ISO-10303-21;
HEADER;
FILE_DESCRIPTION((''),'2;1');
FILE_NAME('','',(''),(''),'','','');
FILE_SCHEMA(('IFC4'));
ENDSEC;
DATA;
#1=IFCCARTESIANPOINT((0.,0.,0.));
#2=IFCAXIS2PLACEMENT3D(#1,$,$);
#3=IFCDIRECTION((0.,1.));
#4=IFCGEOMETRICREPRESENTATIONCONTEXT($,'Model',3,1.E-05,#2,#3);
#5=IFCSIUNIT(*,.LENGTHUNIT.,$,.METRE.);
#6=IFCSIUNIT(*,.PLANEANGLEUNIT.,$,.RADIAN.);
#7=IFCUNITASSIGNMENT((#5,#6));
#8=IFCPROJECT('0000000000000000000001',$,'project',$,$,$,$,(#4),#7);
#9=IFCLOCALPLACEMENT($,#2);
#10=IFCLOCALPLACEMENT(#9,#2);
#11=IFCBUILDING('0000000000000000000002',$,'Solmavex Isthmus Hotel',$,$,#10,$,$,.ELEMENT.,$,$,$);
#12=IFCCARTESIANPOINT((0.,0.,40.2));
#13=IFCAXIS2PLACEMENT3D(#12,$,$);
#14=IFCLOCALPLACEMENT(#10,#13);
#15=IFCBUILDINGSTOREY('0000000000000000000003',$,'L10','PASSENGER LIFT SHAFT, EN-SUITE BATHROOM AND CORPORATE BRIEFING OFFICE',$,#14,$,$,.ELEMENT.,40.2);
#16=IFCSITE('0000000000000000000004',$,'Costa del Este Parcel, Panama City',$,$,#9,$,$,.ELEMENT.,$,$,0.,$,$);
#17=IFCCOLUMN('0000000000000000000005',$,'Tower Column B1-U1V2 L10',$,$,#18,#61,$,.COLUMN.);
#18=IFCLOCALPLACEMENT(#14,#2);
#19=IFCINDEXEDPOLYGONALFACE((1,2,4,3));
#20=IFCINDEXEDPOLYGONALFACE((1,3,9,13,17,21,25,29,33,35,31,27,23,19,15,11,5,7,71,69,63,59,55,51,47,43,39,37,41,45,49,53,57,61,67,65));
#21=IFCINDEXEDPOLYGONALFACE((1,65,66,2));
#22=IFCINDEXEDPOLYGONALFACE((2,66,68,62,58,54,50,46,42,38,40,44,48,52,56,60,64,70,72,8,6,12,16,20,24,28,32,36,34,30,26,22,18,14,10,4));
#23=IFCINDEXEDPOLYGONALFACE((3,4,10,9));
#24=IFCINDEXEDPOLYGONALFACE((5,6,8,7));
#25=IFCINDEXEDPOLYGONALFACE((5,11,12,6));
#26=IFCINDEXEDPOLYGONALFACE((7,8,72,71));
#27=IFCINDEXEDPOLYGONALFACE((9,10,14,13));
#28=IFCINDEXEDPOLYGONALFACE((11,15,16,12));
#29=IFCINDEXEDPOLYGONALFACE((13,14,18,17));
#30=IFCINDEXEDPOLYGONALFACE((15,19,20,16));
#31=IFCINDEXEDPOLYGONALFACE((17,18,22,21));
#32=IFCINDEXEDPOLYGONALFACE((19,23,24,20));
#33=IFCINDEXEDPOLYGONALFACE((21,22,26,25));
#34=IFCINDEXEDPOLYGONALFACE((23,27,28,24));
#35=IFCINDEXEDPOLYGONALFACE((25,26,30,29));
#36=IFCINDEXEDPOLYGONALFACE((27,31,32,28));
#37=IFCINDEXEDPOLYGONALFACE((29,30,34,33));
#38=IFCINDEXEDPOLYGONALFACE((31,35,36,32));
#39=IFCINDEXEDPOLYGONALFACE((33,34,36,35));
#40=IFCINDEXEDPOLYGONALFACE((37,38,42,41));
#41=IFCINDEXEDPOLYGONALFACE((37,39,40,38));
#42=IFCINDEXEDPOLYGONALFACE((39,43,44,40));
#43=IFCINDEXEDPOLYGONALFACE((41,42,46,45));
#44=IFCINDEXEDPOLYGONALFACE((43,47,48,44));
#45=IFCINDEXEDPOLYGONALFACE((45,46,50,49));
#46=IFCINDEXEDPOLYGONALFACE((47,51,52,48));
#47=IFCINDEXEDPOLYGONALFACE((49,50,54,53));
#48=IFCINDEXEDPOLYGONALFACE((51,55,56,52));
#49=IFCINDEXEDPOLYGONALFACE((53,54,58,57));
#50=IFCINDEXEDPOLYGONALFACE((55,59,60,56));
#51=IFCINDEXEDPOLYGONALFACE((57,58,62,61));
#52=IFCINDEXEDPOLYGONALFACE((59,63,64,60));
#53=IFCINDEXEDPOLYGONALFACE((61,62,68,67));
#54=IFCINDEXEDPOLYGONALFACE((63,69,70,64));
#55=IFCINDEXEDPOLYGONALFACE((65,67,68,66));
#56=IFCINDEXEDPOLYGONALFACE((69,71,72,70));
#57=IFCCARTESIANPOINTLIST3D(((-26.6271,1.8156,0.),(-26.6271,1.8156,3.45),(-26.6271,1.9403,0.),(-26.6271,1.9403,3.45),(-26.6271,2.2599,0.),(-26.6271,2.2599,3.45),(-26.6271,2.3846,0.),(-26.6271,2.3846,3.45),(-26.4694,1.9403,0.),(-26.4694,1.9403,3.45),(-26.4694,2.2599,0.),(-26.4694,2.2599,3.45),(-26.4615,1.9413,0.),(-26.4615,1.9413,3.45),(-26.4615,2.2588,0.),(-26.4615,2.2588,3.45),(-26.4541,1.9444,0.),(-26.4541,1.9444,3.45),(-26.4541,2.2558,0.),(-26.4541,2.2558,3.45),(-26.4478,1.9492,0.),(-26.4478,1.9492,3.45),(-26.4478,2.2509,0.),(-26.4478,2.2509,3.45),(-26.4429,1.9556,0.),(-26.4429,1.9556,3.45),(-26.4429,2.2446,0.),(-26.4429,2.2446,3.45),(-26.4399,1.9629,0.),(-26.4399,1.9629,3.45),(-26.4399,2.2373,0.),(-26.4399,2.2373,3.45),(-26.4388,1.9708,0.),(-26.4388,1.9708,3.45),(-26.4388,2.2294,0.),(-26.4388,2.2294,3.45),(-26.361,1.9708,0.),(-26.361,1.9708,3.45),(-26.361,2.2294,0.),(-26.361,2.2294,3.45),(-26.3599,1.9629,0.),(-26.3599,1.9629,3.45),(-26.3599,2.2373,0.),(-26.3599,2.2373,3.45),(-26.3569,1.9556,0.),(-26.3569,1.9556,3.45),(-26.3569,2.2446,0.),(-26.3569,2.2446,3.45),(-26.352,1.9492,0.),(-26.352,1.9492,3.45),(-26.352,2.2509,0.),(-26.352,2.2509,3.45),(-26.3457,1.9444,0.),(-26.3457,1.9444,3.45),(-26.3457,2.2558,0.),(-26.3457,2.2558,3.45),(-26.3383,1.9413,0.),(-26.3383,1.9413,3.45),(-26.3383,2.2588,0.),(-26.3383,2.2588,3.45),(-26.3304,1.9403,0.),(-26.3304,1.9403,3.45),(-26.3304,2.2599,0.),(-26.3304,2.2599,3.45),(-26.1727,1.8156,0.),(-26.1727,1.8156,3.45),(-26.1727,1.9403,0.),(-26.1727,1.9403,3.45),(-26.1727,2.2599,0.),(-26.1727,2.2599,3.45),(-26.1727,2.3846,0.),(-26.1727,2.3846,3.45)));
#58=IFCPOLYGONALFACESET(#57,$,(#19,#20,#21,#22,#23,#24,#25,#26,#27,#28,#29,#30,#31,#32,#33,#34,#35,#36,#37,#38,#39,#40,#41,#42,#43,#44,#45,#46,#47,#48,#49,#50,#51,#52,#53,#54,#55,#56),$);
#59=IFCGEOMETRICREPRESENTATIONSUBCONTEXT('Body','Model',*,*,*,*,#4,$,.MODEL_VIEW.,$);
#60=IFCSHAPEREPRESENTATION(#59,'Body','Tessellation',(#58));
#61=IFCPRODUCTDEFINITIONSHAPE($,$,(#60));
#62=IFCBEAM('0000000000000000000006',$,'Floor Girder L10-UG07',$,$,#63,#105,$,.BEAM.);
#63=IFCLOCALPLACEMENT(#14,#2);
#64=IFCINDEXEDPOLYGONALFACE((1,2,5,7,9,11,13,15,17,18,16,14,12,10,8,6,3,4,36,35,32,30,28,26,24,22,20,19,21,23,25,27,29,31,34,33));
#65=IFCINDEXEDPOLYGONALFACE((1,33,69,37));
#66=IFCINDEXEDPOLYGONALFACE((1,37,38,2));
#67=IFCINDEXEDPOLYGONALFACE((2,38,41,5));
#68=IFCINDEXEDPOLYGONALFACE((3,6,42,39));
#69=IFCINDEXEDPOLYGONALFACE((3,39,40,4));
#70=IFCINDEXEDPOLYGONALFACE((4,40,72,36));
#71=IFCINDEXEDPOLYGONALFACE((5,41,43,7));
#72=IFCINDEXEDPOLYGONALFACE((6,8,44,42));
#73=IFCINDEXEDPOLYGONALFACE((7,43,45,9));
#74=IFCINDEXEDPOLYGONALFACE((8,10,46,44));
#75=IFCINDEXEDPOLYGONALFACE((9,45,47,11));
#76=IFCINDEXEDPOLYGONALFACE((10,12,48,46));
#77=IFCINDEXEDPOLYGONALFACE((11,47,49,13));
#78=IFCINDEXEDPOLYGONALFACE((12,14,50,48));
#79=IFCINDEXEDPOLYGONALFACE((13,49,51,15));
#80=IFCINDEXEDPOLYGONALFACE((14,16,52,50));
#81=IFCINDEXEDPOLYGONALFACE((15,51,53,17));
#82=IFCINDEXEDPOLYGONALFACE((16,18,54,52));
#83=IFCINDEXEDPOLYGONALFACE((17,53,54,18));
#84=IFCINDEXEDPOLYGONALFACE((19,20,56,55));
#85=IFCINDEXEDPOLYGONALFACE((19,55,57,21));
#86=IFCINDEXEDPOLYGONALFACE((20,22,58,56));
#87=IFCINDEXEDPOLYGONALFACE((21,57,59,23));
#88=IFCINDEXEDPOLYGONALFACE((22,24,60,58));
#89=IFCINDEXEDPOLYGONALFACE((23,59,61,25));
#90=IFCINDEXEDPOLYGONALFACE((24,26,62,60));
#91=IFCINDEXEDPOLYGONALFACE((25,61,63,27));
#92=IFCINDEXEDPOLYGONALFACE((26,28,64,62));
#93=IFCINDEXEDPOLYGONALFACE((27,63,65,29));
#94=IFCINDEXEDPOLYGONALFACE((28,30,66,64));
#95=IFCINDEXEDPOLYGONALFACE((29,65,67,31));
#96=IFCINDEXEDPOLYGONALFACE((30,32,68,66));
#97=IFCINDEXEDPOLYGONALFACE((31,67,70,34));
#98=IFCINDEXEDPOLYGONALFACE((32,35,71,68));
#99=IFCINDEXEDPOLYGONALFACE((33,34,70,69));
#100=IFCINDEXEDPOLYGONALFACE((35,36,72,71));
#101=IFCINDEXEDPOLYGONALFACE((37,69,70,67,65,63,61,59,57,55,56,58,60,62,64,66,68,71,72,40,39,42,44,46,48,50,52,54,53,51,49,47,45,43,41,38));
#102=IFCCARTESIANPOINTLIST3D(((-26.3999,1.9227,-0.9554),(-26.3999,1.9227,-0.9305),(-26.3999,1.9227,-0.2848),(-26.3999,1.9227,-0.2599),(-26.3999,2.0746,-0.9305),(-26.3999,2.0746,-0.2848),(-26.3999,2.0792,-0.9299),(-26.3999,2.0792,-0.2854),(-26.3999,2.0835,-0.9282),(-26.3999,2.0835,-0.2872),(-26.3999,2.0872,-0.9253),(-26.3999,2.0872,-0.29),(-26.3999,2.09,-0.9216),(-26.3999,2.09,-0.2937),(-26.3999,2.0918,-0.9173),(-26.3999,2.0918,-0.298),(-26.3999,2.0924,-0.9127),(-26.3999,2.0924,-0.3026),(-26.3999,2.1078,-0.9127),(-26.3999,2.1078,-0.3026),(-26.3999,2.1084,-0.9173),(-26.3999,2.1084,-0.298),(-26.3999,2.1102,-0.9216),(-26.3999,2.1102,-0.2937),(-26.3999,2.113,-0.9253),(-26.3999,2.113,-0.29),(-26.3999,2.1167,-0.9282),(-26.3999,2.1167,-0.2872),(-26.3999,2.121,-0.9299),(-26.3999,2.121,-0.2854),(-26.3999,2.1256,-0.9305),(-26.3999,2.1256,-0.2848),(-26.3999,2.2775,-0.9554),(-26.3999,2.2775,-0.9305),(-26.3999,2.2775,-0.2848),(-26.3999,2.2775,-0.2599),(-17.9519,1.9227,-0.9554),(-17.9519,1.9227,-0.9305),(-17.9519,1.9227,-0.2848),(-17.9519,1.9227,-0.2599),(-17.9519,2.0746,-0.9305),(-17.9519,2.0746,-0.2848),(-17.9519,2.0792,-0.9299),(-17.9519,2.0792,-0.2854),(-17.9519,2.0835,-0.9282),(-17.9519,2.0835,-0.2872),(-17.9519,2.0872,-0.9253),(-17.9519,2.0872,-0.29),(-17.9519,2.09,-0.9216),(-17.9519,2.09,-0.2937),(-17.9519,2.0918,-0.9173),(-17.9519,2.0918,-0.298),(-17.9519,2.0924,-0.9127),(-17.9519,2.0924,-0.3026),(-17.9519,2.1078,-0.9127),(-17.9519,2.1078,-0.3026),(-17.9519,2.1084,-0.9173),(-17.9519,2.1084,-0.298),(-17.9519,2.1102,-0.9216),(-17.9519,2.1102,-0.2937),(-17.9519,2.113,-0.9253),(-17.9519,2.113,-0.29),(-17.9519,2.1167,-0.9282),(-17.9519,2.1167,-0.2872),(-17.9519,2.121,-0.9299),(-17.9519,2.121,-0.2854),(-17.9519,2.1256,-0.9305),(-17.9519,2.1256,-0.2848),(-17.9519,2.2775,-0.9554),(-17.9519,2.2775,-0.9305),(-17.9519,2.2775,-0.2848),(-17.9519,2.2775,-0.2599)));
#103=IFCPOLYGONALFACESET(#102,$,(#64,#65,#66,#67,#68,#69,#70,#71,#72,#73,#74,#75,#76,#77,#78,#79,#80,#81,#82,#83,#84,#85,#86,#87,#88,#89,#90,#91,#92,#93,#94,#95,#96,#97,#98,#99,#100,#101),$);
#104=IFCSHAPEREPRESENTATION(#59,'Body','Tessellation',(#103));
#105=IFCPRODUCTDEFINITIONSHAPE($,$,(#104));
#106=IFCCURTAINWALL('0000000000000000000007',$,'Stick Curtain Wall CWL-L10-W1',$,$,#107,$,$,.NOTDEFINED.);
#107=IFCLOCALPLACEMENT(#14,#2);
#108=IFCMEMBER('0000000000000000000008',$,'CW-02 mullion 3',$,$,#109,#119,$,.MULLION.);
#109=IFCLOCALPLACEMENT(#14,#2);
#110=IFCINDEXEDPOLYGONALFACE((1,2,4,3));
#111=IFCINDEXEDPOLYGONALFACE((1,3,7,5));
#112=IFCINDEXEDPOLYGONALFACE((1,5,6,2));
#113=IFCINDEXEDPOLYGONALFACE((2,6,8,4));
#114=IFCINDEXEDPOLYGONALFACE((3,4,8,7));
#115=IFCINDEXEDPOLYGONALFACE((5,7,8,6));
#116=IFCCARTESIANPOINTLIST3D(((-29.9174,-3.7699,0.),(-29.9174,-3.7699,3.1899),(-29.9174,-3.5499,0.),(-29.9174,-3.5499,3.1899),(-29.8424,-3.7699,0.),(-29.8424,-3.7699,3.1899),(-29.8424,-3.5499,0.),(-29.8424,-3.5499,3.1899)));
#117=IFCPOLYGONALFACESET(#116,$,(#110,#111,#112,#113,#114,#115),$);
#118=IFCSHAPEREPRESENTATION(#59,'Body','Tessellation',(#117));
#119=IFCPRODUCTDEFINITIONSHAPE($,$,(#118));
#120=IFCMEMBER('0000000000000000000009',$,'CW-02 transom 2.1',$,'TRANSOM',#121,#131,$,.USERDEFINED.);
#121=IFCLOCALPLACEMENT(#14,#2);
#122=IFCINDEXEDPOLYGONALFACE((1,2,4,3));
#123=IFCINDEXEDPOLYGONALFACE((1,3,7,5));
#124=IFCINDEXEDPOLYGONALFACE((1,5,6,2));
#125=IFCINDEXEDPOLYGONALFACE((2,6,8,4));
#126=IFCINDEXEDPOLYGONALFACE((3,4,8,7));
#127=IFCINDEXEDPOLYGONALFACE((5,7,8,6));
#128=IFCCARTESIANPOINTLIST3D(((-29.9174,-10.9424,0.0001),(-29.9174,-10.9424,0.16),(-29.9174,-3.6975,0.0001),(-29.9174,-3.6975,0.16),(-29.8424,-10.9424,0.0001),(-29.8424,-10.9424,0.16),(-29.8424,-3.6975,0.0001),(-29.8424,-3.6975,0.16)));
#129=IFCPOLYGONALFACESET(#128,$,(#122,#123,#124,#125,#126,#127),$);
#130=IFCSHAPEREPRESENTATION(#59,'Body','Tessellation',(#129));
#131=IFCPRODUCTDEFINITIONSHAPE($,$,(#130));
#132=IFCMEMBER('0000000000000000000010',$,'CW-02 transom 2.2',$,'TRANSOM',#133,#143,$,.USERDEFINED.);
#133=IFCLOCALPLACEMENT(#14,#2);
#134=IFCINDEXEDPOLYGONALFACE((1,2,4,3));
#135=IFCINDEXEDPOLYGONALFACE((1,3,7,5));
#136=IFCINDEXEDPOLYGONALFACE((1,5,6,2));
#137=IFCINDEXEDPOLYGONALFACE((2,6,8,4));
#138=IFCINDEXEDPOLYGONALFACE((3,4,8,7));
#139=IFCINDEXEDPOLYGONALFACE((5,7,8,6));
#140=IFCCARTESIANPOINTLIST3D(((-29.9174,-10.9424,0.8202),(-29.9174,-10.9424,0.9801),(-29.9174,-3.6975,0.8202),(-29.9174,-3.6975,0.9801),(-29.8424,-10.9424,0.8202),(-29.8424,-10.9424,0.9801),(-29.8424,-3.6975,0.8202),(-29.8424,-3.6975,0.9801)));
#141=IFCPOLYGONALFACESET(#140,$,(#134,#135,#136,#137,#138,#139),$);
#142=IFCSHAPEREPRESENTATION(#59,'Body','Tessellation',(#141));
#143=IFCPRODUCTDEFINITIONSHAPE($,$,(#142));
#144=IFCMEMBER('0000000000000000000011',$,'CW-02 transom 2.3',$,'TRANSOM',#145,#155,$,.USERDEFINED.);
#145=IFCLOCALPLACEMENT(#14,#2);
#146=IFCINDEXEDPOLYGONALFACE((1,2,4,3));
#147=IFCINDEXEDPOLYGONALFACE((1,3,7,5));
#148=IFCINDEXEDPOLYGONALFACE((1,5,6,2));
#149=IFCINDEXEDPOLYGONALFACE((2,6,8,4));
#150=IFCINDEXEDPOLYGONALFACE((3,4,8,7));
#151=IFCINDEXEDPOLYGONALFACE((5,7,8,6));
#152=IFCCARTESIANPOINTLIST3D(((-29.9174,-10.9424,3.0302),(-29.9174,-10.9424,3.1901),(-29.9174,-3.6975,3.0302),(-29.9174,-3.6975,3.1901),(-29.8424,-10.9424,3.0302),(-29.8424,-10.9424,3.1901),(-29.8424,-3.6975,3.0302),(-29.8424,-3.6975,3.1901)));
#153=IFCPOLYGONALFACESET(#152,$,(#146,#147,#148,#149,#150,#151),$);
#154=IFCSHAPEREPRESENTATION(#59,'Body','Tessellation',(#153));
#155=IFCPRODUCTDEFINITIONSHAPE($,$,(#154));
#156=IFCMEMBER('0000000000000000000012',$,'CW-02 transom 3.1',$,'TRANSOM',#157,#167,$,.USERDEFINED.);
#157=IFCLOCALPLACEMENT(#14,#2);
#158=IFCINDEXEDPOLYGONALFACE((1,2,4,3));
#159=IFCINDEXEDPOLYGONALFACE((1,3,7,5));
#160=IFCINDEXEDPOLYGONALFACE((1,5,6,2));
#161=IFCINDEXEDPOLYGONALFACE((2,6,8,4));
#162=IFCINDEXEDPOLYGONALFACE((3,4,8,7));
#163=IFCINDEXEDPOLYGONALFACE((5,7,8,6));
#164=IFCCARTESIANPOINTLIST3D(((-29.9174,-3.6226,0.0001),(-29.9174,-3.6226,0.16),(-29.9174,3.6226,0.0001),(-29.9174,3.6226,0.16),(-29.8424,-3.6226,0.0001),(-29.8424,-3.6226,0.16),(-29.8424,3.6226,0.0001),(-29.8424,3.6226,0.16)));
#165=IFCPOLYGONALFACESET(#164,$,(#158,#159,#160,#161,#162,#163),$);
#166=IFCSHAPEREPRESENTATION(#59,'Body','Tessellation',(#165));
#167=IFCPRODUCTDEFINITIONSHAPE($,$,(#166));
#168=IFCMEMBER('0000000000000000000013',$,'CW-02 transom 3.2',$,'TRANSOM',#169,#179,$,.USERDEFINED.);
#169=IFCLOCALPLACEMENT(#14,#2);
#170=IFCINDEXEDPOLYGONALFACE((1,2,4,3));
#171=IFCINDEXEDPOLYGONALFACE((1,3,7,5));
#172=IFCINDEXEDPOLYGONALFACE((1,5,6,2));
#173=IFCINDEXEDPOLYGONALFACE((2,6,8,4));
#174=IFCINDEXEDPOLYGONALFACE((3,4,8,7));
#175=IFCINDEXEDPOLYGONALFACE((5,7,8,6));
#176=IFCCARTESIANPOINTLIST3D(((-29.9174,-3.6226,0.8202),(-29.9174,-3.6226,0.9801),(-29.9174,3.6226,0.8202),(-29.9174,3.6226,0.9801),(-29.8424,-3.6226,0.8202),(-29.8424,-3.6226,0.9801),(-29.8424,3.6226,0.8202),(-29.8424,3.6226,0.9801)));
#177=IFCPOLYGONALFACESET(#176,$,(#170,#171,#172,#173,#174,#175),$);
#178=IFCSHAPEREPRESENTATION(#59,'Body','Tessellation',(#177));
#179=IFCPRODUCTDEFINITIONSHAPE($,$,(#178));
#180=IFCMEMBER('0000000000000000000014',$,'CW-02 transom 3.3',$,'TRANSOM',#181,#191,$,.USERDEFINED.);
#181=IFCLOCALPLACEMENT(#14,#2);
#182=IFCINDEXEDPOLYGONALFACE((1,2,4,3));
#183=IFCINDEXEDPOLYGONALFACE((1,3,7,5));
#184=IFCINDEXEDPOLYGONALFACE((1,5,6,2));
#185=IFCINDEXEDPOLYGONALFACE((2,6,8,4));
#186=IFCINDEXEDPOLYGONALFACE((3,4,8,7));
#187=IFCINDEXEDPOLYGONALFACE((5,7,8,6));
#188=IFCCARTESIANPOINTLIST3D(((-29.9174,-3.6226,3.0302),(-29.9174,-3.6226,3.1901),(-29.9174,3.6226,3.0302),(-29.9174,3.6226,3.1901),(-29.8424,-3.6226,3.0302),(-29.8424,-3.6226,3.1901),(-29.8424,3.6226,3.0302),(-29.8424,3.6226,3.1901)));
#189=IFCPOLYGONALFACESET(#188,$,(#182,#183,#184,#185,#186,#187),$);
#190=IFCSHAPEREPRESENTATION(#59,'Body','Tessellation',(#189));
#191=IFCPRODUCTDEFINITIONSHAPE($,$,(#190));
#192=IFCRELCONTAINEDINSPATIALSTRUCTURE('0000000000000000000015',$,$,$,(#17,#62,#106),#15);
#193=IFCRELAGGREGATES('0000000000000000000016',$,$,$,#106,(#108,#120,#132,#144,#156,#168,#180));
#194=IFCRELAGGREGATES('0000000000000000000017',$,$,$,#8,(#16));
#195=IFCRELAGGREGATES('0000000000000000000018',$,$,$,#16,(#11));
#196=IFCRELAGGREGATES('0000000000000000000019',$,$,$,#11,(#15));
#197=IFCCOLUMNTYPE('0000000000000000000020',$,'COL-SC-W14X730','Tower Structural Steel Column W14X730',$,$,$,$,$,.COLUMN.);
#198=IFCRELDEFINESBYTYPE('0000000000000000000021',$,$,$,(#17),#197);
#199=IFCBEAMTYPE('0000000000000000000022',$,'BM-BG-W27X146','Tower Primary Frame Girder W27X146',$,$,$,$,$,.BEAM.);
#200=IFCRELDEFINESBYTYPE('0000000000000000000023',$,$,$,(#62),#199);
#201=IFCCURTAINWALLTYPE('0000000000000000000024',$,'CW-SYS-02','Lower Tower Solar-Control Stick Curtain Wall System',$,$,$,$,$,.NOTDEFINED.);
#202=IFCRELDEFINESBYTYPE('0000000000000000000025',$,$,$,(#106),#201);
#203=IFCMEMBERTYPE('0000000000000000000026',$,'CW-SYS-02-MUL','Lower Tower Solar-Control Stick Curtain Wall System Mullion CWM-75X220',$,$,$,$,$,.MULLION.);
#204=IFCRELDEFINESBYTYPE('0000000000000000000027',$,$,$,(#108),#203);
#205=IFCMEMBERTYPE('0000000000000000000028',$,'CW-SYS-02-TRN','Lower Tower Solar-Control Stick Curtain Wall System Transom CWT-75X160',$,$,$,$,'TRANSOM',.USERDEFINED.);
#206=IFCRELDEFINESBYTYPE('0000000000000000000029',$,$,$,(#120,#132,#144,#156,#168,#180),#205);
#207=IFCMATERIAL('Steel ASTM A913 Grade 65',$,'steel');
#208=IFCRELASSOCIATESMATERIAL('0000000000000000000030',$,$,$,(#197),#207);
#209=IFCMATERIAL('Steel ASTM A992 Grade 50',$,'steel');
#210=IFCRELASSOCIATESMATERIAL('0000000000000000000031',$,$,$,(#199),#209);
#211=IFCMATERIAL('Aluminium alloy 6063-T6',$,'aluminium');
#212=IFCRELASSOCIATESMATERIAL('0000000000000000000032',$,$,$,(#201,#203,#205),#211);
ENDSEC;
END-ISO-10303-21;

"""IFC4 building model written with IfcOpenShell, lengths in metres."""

from ifc_helpers import new_model, si_unit, direction, frame, origin, origin_2d, place, context, subcontext, project, spatial, rectangle, i_section, extrude, material, material_profile, profile_set, type_object, element, aggregate, save


model = new_model("IFC4")

# Units and contexts
model_context = context("Model", 3, precision=1e-05, world=origin(), true_north=direction((0.0, 1.0)))
body_context = subcontext(model_context, "Body", "Model", "MODEL_VIEW")
ifc_project = project(units=[si_unit("LENGTHUNIT", "METRE"), si_unit("PLANEANGLEUNIT", "RADIAN")], contexts=[model_context])

# Site, building, storey
site_placement = place(None, origin())
site = spatial("IfcSite", under=ifc_project, at=site_placement, Name="Costa del Este Parcel, Panama City", CompositionType="ELEMENT", RefElevation=0.0)
building_placement = place(site_placement, origin())
building = spatial("IfcBuilding", under=site, at=building_placement, Name="Solmavex Isthmus Hotel", CompositionType="ELEMENT")
storey_placement = place(building_placement, frame((0.0, 0.0, 40.2)))
storey = spatial("IfcBuildingStorey", under=building, at=storey_placement, Name="L10", Description="PASSENGER LIFT SHAFT, EN-SUITE BATHROOM AND CORPORATE BRIEFING OFFICE", CompositionType="ELEMENT", Elevation=40.2)

# Column
ifc_material_1 = material(Name="Steel ASTM A913 Grade 65", Category="steel")
ifc_material_profile_1 = material_profile(ifc_material_1, i_section(OverallWidth=0.4543, OverallDepth=0.5691, WebThickness=0.0779, FlangeThickness=0.1248, FilletRadius=0.0305, at=origin_2d()), Name="W14X730")
ifc_profile_set_1 = profile_set([ifc_material_profile_1], Name="Steel ASTM A913 Grade 65")
column_type = type_object("IfcColumnType", Name="COL-SC-W14X730", Description="Tower Structural Steel Column W14X730", PredefinedType="COLUMN", material=ifc_profile_set_1)
column_placement = place(storey_placement, frame((-26.3999, 2.1001, 0.0), z_axis=(0.0, 0.0, 1.0), x_axis=(1.0, 0.0, 0.0)))
element("IfcColumn", 1, at=column_placement, inside=storey, type_object=column_type, Name="Tower Column B1-U1V2 L10", PredefinedType="COLUMN", context=body_context, shape_type="SweptSolid", body=[
    extrude(i_section(OverallWidth=0.4543, OverallDepth=0.5691, WebThickness=0.0779, FlangeThickness=0.1248, FilletRadius=0.0305, at=origin_2d()), origin(), (0.0, 0.0, 1.0), 3.45),
])

# Beam
ifc_material_2 = material(Name="Steel ASTM A992 Grade 50", Category="steel")
ifc_material_profile_2 = material_profile(ifc_material_2, i_section(OverallWidth=0.3547, OverallDepth=0.6956, WebThickness=0.0154, FlangeThickness=0.0249, FilletRadius=0.0178, at=origin_2d()), Name="W27X146")
ifc_profile_set_2 = profile_set([ifc_material_profile_2], Name="Steel ASTM A992 Grade 50")
beam_type = type_object("IfcBeamType", Name="BM-BG-W27X146", Description="Tower Primary Frame Girder W27X146", PredefinedType="BEAM", material=ifc_profile_set_2)
beam_placement = place(storey_placement, frame((-26.3999, 2.1001, -0.6077), z_axis=(1.0, 0.0, 0.0), x_axis=(0.0, 1.0, 0.0)))
element("IfcBeam", 2, at=beam_placement, inside=storey, type_object=beam_type, Name="Floor Girder L10-UG07", PredefinedType="BEAM", context=body_context, shape_type="SweptSolid", body=[
    extrude(i_section(OverallWidth=0.3547, OverallDepth=0.6956, WebThickness=0.0154, FlangeThickness=0.0249, FilletRadius=0.0178, at=origin_2d()), origin(), (0.0, 0.0, 1.0), 8.448),
])

# Curtain wall, members
ifc_material_3 = material(Name="Aluminium alloy 6063-T6", Category="aluminium")
curtain_wall_type = type_object("IfcCurtainWallType", Name="CW-SYS-02", Description="Lower Tower Solar-Control Stick Curtain Wall System", PredefinedType="NOTDEFINED", material=ifc_material_3)
curtain_wall_placement = place(storey_placement, origin())
curtain_wall = element("IfcCurtainWall", 3, at=curtain_wall_placement, inside=storey, type_object=curtain_wall_type, Name="Stick Curtain Wall CWL-L10-W1", PredefinedType="NOTDEFINED")
ifc_material_profile_3 = material_profile(ifc_material_3, rectangle(XDim=0.075, YDim=0.22, at=origin_2d()), Name="CWM-75X220")
ifc_profile_set_3 = profile_set([ifc_material_profile_3], Name="Aluminium alloy 6063-T6")
member_type_1 = type_object("IfcMemberType", Name="CW-SYS-02-MUL", Description="Lower Tower Solar-Control Stick Curtain Wall System Mullion CWM-75X220", PredefinedType="MULLION", material=ifc_profile_set_3)
member_1_placement = place(storey_placement, frame((-29.8799, -3.6599, 0.0), z_axis=(0.0, 0.0, 1.0), x_axis=(-1.0, 0.0, 0.0)))
member_1 = element("IfcMember", 4, at=member_1_placement, type_object=member_type_1, Name="CW-02 mullion 3", PredefinedType="MULLION", context=body_context, shape_type="SweptSolid", body=[
    extrude(rectangle(XDim=0.075, YDim=0.22, at=origin_2d()), origin(), (0.0, 0.0, 1.0), 3.1899),
])
ifc_material_profile_4 = material_profile(ifc_material_3, rectangle(XDim=0.075, YDim=0.1599, at=origin_2d()), Name="CWT-75X160")
ifc_profile_set_4 = profile_set([ifc_material_profile_4], Name="Aluminium alloy 6063-T6")
member_type_2 = type_object("IfcMemberType", Name="CW-SYS-02-TRN", Description="Lower Tower Solar-Control Stick Curtain Wall System Transom CWT-75X160", ElementType="TRANSOM", PredefinedType="USERDEFINED", material=ifc_profile_set_4)
member_2_placement = place(storey_placement, frame((-29.8799, -10.9424, 0.0801), z_axis=(0.0, 1.0, 0.0), x_axis=(-1.0, 0.0, 0.0)))
member_2 = element("IfcMember", 5, at=member_2_placement, type_object=member_type_2, Name="CW-02 transom 2.1", ObjectType="TRANSOM", PredefinedType="USERDEFINED", context=body_context, shape_type="SweptSolid", body=[
    extrude(rectangle(XDim=0.075, YDim=0.1599, at=origin_2d()), origin(), (0.0, 0.0, 1.0), 7.2449),
])
member_3_placement = place(storey_placement, frame((-29.8799, -10.9424, 0.9001), z_axis=(0.0, 1.0, 0.0), x_axis=(-1.0, 0.0, 0.0)))
member_3 = element("IfcMember", 6, at=member_3_placement, type_object=member_type_2, Name="CW-02 transom 2.2", ObjectType="TRANSOM", PredefinedType="USERDEFINED", context=body_context, shape_type="SweptSolid", body=[
    extrude(rectangle(XDim=0.075, YDim=0.1599, at=origin_2d()), origin(), (0.0, 0.0, 1.0), 7.2449),
])
member_4_placement = place(storey_placement, frame((-29.8799, -10.9424, 3.1101), z_axis=(0.0, 1.0, 0.0), x_axis=(-1.0, 0.0, 0.0)))
member_4 = element("IfcMember", 7, at=member_4_placement, type_object=member_type_2, Name="CW-02 transom 2.3", ObjectType="TRANSOM", PredefinedType="USERDEFINED", context=body_context, shape_type="SweptSolid", body=[
    extrude(rectangle(XDim=0.075, YDim=0.1599, at=origin_2d()), origin(), (0.0, 0.0, 1.0), 7.2449),
])
member_5_placement = place(storey_placement, frame((-29.8799, -3.6226, 0.0801), z_axis=(0.0, 1.0, 0.0), x_axis=(-1.0, 0.0, 0.0)))
member_5 = element("IfcMember", 8, at=member_5_placement, type_object=member_type_2, Name="CW-02 transom 3.1", ObjectType="TRANSOM", PredefinedType="USERDEFINED", context=body_context, shape_type="SweptSolid", body=[
    extrude(rectangle(XDim=0.075, YDim=0.1599, at=origin_2d()), origin(), (0.0, 0.0, 1.0), 7.2451),
])
member_6_placement = place(storey_placement, frame((-29.8799, -3.6226, 0.9001), z_axis=(0.0, 1.0, 0.0), x_axis=(-1.0, 0.0, 0.0)))
member_6 = element("IfcMember", 9, at=member_6_placement, type_object=member_type_2, Name="CW-02 transom 3.2", ObjectType="TRANSOM", PredefinedType="USERDEFINED", context=body_context, shape_type="SweptSolid", body=[
    extrude(rectangle(XDim=0.075, YDim=0.1599, at=origin_2d()), origin(), (0.0, 0.0, 1.0), 7.2451),
])
member_7_placement = place(storey_placement, frame((-29.8799, -3.6226, 3.1101), z_axis=(0.0, 1.0, 0.0), x_axis=(-1.0, 0.0, 0.0)))
member_7 = element("IfcMember", 10, at=member_7_placement, type_object=member_type_2, Name="CW-02 transom 3.3", ObjectType="TRANSOM", PredefinedType="USERDEFINED", context=body_context, shape_type="SweptSolid", body=[
    extrude(rectangle(XDim=0.075, YDim=0.1599, at=origin_2d()), origin(), (0.0, 0.0, 1.0), 7.2451),
])
aggregate(curtain_wall, [member_1, member_2, member_3, member_4, member_5, member_6, member_7])

save(model, "model.ifc")
